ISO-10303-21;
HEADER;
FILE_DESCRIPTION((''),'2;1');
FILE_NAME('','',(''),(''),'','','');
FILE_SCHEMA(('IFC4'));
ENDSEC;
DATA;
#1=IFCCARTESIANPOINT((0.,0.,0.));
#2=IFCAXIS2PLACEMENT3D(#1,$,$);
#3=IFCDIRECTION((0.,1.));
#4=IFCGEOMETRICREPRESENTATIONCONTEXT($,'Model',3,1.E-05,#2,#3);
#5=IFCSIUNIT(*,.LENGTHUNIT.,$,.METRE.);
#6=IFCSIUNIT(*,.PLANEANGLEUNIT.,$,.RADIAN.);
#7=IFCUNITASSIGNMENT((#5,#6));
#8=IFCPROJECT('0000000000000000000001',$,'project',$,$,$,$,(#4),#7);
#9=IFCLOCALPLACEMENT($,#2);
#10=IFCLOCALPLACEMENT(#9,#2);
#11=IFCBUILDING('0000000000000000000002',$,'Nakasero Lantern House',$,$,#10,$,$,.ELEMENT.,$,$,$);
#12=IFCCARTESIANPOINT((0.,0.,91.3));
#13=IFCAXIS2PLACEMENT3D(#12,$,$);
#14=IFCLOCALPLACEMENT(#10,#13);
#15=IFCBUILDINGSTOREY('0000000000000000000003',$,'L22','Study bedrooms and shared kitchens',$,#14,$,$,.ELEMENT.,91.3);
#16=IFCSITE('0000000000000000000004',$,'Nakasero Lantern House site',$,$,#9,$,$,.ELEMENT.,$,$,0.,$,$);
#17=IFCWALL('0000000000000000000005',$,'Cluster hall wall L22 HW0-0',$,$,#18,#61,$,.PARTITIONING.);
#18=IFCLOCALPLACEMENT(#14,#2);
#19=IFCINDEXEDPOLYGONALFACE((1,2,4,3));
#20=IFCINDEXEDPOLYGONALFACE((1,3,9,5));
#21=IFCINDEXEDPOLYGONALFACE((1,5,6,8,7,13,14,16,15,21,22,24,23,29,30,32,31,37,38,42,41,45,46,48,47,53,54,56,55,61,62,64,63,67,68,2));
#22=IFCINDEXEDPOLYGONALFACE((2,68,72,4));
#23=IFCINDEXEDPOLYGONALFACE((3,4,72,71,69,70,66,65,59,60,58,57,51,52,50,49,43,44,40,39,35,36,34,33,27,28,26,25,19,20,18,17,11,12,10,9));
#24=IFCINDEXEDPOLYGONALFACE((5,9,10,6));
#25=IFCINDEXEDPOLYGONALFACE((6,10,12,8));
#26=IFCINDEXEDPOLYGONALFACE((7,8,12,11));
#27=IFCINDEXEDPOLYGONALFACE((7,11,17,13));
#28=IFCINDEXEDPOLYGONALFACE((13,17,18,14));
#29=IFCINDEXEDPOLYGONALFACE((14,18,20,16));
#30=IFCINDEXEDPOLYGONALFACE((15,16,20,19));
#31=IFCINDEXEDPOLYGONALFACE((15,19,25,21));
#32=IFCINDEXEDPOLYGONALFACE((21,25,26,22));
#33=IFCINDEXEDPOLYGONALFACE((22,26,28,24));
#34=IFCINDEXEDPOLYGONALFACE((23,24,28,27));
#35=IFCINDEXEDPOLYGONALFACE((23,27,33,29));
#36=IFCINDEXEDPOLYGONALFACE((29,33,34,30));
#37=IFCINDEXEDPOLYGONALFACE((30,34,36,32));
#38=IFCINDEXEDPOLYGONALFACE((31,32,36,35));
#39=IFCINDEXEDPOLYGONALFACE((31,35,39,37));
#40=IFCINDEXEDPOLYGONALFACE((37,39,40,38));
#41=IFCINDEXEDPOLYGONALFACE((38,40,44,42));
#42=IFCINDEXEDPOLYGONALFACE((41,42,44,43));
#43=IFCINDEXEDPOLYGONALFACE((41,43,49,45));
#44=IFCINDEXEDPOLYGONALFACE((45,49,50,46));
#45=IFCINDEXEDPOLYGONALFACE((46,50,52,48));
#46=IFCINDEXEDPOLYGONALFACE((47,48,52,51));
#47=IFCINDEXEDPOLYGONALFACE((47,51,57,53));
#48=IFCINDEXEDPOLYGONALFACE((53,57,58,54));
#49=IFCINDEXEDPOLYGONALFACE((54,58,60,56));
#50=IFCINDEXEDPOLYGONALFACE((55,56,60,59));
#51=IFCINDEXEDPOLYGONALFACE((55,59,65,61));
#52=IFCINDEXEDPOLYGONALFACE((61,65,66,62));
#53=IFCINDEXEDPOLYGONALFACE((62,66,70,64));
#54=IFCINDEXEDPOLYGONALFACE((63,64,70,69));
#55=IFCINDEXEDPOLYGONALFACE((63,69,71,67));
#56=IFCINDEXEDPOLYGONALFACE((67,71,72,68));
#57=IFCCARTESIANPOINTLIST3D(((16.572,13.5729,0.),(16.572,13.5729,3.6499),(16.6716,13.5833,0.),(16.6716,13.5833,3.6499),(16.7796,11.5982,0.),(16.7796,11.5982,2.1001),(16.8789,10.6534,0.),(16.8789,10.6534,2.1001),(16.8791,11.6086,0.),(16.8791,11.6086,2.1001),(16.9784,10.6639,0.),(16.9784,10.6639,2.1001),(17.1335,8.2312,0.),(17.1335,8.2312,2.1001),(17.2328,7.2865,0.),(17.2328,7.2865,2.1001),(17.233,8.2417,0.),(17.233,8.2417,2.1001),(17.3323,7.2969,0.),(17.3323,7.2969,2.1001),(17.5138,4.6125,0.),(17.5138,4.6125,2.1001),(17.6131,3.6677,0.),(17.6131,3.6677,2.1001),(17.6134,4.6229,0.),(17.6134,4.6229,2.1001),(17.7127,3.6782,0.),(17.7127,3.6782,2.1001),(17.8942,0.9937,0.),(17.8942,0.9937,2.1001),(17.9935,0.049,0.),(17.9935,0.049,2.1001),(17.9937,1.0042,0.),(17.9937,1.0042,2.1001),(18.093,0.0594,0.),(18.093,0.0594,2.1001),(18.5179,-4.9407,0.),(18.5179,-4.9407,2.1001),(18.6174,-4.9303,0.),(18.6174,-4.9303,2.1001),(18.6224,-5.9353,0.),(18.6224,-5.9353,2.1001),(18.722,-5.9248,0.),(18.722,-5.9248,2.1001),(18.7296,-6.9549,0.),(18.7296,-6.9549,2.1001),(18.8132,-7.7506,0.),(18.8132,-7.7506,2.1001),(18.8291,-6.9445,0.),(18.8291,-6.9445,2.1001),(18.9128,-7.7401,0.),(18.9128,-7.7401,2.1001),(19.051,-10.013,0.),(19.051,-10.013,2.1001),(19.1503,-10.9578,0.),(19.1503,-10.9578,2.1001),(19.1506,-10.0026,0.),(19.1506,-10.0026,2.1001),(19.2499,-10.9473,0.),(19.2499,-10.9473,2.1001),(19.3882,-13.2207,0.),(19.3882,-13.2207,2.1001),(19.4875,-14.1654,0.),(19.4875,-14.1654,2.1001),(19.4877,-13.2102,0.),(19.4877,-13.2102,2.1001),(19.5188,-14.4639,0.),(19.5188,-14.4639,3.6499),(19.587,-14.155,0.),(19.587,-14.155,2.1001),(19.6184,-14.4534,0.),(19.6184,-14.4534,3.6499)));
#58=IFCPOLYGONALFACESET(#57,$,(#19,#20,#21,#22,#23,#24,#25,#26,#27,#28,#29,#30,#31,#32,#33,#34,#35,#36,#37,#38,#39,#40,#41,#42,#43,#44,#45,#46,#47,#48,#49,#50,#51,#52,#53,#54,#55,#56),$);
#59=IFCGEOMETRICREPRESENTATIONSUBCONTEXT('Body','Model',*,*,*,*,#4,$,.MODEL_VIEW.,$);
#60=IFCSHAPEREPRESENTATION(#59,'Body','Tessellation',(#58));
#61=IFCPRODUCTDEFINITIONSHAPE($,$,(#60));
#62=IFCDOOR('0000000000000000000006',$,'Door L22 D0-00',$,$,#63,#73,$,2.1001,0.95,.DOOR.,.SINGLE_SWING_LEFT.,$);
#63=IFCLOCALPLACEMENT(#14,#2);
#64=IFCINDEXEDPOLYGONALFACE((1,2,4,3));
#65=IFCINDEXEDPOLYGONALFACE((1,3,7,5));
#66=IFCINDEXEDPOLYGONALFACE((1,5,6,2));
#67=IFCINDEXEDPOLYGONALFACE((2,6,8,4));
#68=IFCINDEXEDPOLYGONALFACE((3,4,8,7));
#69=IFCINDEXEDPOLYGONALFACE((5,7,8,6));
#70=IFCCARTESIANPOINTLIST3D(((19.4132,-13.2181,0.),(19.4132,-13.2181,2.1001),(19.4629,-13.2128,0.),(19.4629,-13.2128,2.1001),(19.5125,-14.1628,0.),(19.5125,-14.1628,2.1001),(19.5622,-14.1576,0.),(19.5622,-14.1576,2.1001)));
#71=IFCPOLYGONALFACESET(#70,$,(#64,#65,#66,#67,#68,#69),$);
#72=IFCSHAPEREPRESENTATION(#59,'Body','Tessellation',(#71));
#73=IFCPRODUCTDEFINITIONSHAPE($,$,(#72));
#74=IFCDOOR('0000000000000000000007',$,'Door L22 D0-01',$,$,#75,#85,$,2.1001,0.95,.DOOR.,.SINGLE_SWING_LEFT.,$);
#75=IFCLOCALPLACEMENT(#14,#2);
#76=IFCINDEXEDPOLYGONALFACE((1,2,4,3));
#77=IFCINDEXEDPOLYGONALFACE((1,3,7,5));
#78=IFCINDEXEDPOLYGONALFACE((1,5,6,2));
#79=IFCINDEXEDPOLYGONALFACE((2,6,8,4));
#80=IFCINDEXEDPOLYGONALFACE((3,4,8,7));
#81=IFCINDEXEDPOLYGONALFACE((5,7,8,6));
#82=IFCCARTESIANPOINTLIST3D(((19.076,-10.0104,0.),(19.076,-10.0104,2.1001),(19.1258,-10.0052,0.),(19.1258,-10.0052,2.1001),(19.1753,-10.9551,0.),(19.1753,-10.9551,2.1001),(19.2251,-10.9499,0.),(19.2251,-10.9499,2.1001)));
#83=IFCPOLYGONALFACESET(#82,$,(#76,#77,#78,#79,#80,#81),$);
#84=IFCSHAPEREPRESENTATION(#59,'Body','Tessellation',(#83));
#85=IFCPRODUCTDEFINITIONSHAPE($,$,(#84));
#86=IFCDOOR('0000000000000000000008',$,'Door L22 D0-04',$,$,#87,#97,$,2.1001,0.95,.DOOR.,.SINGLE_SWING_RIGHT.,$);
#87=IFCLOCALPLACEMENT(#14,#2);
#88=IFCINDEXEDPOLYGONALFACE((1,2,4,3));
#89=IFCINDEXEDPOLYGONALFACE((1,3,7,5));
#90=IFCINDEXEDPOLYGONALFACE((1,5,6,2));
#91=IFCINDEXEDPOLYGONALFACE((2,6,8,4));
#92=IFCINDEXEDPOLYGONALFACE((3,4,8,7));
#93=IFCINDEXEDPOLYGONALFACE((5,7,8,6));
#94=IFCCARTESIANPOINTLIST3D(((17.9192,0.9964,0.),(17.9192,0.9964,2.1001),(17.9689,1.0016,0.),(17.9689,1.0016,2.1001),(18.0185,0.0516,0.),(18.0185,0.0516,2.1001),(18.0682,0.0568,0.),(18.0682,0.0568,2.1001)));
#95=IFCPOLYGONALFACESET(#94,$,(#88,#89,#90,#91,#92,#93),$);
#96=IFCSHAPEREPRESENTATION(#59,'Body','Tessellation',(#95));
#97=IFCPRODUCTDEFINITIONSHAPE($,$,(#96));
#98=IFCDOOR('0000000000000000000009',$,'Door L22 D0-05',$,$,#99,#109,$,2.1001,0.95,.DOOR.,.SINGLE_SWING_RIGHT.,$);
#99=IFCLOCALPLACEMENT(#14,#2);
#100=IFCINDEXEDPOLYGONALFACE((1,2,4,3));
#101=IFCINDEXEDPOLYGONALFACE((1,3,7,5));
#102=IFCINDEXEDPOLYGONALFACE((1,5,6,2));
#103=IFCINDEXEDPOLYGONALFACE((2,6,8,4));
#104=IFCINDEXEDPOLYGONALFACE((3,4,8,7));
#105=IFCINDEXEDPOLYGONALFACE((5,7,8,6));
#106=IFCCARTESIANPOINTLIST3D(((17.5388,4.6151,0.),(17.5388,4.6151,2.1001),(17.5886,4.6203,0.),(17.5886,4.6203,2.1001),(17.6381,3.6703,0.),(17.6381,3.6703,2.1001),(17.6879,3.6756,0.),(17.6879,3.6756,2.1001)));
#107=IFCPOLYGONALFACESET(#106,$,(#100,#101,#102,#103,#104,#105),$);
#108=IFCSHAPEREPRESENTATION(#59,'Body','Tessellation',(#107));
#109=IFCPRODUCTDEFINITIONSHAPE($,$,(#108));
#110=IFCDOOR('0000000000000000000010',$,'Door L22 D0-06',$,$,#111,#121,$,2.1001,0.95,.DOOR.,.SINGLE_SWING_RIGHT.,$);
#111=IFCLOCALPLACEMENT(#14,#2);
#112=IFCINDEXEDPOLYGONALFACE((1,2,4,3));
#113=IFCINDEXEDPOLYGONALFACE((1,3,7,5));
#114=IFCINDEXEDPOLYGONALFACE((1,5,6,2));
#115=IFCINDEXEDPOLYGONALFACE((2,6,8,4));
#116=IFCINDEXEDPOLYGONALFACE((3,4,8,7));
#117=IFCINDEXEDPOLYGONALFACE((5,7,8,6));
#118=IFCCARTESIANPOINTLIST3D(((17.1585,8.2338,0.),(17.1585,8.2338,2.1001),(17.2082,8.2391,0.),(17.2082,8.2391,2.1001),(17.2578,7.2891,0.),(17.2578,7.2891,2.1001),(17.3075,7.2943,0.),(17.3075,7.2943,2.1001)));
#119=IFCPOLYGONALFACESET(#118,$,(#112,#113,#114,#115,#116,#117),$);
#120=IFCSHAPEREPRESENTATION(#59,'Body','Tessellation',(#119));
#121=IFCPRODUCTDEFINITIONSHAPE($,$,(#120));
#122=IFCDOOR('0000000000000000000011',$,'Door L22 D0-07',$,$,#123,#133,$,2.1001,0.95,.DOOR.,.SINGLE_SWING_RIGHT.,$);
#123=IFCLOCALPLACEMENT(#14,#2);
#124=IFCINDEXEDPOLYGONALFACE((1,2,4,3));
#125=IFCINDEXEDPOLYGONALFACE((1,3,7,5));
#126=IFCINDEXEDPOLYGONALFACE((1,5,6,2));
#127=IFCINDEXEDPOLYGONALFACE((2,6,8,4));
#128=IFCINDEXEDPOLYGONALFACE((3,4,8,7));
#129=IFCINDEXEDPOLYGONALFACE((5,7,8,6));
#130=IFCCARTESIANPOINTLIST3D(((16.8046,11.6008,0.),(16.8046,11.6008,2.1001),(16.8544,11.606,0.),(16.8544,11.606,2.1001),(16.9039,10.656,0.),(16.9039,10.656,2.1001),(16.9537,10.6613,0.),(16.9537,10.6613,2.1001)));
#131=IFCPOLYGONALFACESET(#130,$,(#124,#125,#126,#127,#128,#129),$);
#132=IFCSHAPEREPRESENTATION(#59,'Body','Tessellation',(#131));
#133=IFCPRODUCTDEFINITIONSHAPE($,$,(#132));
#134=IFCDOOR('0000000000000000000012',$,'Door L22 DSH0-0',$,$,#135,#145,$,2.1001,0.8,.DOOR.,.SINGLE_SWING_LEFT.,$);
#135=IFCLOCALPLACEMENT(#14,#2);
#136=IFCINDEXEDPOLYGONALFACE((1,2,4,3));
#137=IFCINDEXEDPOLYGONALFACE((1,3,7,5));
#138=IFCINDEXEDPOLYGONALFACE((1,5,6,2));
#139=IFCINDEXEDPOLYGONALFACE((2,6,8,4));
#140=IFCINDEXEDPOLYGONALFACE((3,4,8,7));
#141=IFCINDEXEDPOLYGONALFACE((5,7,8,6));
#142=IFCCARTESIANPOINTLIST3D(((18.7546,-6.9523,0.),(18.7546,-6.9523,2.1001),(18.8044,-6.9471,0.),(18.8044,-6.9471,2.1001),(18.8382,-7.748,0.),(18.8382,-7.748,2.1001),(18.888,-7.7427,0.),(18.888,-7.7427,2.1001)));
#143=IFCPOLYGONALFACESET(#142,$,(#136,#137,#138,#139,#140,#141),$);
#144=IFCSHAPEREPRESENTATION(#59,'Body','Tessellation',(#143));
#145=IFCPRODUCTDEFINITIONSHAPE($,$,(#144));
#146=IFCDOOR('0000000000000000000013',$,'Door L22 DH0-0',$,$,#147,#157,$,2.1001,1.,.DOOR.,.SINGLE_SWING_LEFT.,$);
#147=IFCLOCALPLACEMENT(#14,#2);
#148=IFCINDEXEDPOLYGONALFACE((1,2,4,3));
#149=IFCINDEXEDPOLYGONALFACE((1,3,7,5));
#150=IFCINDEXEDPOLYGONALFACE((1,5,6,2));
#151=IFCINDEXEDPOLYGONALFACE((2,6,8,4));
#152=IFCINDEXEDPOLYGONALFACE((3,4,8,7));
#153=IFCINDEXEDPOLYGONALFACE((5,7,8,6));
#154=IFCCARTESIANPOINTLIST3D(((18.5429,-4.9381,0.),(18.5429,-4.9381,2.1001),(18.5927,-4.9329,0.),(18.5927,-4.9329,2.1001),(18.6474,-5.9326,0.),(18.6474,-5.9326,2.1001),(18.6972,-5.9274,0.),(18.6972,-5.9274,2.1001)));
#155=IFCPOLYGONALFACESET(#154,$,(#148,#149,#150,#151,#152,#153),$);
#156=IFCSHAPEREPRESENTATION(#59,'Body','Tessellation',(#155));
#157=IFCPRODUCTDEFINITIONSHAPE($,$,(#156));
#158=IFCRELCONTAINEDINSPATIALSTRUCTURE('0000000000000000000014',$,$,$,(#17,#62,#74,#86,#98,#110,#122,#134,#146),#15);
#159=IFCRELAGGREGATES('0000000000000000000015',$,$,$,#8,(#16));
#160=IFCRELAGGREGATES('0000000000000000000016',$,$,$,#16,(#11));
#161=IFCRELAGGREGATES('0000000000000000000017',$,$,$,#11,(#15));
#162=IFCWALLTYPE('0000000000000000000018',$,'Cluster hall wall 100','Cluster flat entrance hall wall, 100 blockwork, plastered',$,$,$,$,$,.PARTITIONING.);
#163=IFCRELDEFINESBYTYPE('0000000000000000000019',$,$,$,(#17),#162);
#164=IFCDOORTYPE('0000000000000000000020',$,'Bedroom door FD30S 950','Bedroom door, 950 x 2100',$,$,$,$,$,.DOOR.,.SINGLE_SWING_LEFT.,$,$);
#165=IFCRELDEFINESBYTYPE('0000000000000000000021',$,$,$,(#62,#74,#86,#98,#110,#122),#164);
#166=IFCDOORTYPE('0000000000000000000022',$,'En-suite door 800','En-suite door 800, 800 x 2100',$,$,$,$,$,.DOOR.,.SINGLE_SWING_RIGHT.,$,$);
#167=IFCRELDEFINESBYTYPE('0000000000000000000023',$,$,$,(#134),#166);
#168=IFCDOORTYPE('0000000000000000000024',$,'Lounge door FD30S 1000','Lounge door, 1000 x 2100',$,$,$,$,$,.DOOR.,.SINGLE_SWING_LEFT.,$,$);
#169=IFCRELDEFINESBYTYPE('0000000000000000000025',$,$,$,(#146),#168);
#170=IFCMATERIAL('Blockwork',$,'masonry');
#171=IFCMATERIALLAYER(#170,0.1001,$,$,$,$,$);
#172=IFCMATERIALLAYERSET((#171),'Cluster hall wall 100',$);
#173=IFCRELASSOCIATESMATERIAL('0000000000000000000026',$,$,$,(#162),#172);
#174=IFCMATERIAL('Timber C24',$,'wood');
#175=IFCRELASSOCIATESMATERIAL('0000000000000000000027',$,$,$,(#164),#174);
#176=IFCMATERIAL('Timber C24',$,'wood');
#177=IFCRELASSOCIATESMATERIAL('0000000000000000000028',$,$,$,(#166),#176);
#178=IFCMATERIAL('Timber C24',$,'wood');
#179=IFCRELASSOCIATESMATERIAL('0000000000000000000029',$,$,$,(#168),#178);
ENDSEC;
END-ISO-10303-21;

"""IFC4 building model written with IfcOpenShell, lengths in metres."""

from ifc_helpers import new_model, si_unit, direction, frame, frame_2d, origin, place, context, subcontext, project, spatial, rectangle, extrude, material, layer, layer_set, type_object, element, fill, save


model = new_model("IFC4")

# Units and contexts
model_context = context("Model", 3, precision=1e-05, world=origin(), true_north=direction((0.0, 1.0)))
body_context = subcontext(model_context, "Body", "Model", "MODEL_VIEW")
ifc_project = project(units=[si_unit("LENGTHUNIT", "METRE"), si_unit("PLANEANGLEUNIT", "RADIAN")], contexts=[model_context])

# Site, building, storey
site_placement = place(None, origin())
site = spatial("IfcSite", under=ifc_project, at=site_placement, Name="Nakasero Lantern House site", CompositionType="ELEMENT", RefElevation=0.0)
building_placement = place(site_placement, origin())
building = spatial("IfcBuilding", under=site, at=building_placement, Name="Nakasero Lantern House", CompositionType="ELEMENT")
storey_placement = place(building_placement, frame((0.0, 0.0, 91.3)))
storey = spatial("IfcBuildingStorey", under=building, at=storey_placement, Name="L22", Description="Study bedrooms and shared kitchens", CompositionType="ELEMENT", Elevation=91.3)

# Wall, openings, doors
ifc_material_1 = material(Name="Blockwork", Category="masonry")
ifc_layer_1 = layer(ifc_material_1, 0.1001)
ifc_layer_set_1 = layer_set([ifc_layer_1], Name="Cluster hall wall 100")
wall_type_1 = type_object("IfcWallType", Name="Cluster hall wall 100", Description="Cluster flat entrance hall wall, 100 blockwork, plastered", PredefinedType="PARTITIONING", material=ifc_layer_set_1)
wall_1_placement = place(storey_placement, frame((19.5686, -14.4587, 0.0), z_axis=(0.0, 0.0, 1.0), x_axis=(-0.104529, 0.994522, 0.0)))
wall_1 = element("IfcWall", 1, at=wall_1_placement, inside=storey, type_object=wall_type_1, Name="Cluster hall wall L22 HW0-0", PredefinedType="PARTITIONING", context=body_context, shape_type="SweptSolid", body=[
    extrude(rectangle(XDim=28.1912, YDim=0.1001, at=frame_2d((14.0957, 0.0))), origin(), (0.0, 0.0, 1.0), 3.6499),
])
opening_1_placement = place(wall_1_placement, frame((8.5757, 0.0, 0.0)))
opening_1 = element("IfcOpeningElement", 2, at=opening_1_placement, cuts=wall_1, PredefinedType="OPENING", context=body_context, shape_type="SweptSolid", body=[
    extrude(rectangle(XDim=1.0, YDim=2.1001, at=frame_2d((0.5, 1.05))), frame((0.0, 0.0701, 0.0), z_axis=(0.0, -1.0, 0.0), x_axis=(1.0, 0.0, 0.0)), (0.0, 0.0, 1.0), 0.1401),
])
opening_2_placement = place(wall_1_placement, frame((6.7505, 0.0, 0.0)))
opening_2 = element("IfcOpeningElement", 3, at=opening_2_placement, cuts=wall_1, PredefinedType="OPENING", context=body_context, shape_type="SweptSolid", body=[
    extrude(rectangle(XDim=0.8, YDim=2.1001, at=frame_2d((0.3999, 1.05))), frame((0.0, 0.0701, 0.0), z_axis=(0.0, -1.0, 0.0), x_axis=(1.0, 0.0, 0.0)), (0.0, 0.0, 1.0), 0.1401),
])
opening_3_placement = place(wall_1_placement, frame((0.3, 0.0, 0.0)))
opening_3 = element("IfcOpeningElement", 4, at=opening_3_placement, cuts=wall_1, PredefinedType="OPENING", context=body_context, shape_type="SweptSolid", body=[
    extrude(rectangle(XDim=0.95, YDim=2.1001, at=frame_2d((0.4751, 1.05))), frame((0.0, 0.0701, 0.0), z_axis=(0.0, -1.0, 0.0), x_axis=(1.0, 0.0, 0.0)), (0.0, 0.0, 1.0), 0.1401),
])
opening_4_placement = place(wall_1_placement, frame((3.5254, 0.0, 0.0)))
opening_4 = element("IfcOpeningElement", 5, at=opening_4_placement, cuts=wall_1, PredefinedType="OPENING", context=body_context, shape_type="SweptSolid", body=[
    extrude(rectangle(XDim=0.95, YDim=2.1001, at=frame_2d((0.4751, 1.05))), frame((0.0, 0.0701, 0.0), z_axis=(0.0, -1.0, 0.0), x_axis=(1.0, 0.0, 0.0)), (0.0, 0.0, 1.0), 0.1401),
])
opening_5_placement = place(wall_1_placement, frame((14.5928, 0.0, 0.0)))
opening_5 = element("IfcOpeningElement", 6, at=opening_5_placement, cuts=wall_1, PredefinedType="OPENING", context=body_context, shape_type="SweptSolid", body=[
    extrude(rectangle(XDim=0.95, YDim=2.1001, at=frame_2d((0.4751, 1.05))), frame((0.0, 0.0701, 0.0), z_axis=(0.0, -1.0, 0.0), x_axis=(1.0, 0.0, 0.0)), (0.0, 0.0, 1.0), 0.1401),
])
opening_6_placement = place(wall_1_placement, frame((18.2314, 0.0, 0.0)))
opening_6 = element("IfcOpeningElement", 7, at=opening_6_placement, cuts=wall_1, PredefinedType="OPENING", context=body_context, shape_type="SweptSolid", body=[
    extrude(rectangle(XDim=0.95, YDim=2.1001, at=frame_2d((0.4751, 1.05))), frame((0.0, 0.0701, 0.0), z_axis=(0.0, -1.0, 0.0), x_axis=(1.0, 0.0, 0.0)), (0.0, 0.0, 1.0), 0.1401),
])
opening_7_placement = place(wall_1_placement, frame((21.8701, 0.0, 0.0)))
opening_7 = element("IfcOpeningElement", 8, at=opening_7_placement, cuts=wall_1, PredefinedType="OPENING", context=body_context, shape_type="SweptSolid", body=[
    extrude(rectangle(XDim=0.95, YDim=2.1001, at=frame_2d((0.4751, 1.05))), frame((0.0, 0.0701, 0.0), z_axis=(0.0, -1.0, 0.0), x_axis=(1.0, 0.0, 0.0)), (0.0, 0.0, 1.0), 0.1401),
])
opening_8_placement = place(wall_1_placement, frame((25.2556, 0.0, 0.0)))
opening_8 = element("IfcOpeningElement", 9, at=opening_8_placement, cuts=wall_1, PredefinedType="OPENING", context=body_context, shape_type="SweptSolid", body=[
    extrude(rectangle(XDim=0.95, YDim=2.1001, at=frame_2d((0.4751, 1.05))), frame((0.0, 0.0701, 0.0), z_axis=(0.0, -1.0, 0.0), x_axis=(1.0, 0.0, 0.0)), (0.0, 0.0, 1.0), 0.1401),
])
ifc_material_2 = material(Name="Timber C24", Category="wood")
door_type_1 = type_object("IfcDoorType", Name="Bedroom door FD30S 950", Description="Bedroom door, 950 x 2100", OperationType="SINGLE_SWING_LEFT", PredefinedType="DOOR", material=ifc_material_2)
door_1_placement = place(opening_3_placement, origin())
door_1 = element("IfcDoor", 10, at=door_1_placement, inside=storey, type_object=door_type_1, Name="Door L22 D0-00", OperationType="SINGLE_SWING_LEFT", OverallHeight=2.1001, OverallWidth=0.95, PredefinedType="DOOR", context=body_context, shape_type="SweptSolid", body=[
    extrude(rectangle(XDim=0.95, YDim=2.1001, at=frame_2d((0.4751, 1.05))), frame((0.0, 0.0249, 0.0), z_axis=(0.0, -1.0, 0.0), x_axis=(1.0, 0.0, 0.0)), (0.0, 0.0, 1.0), 0.05),
])
fill(opening_3, door_1)
door_2_placement = place(opening_4_placement, origin())
door_2 = element("IfcDoor", 11, at=door_2_placement, inside=storey, type_object=door_type_1, Name="Door L22 D0-01", OperationType="SINGLE_SWING_LEFT", OverallHeight=2.1001, OverallWidth=0.95, PredefinedType="DOOR", context=body_context, shape_type="SweptSolid", body=[
    extrude(rectangle(XDim=0.95, YDim=2.1001, at=frame_2d((0.4751, 1.05))), frame((0.0, 0.0249, 0.0), z_axis=(0.0, -1.0, 0.0), x_axis=(1.0, 0.0, 0.0)), (0.0, 0.0, 1.0), 0.05),
])
fill(opening_4, door_2)
door_3_placement = place(opening_5_placement, origin())
door_3 = element("IfcDoor", 12, at=door_3_placement, inside=storey, type_object=door_type_1, Name="Door L22 D0-04", OperationType="SINGLE_SWING_RIGHT", OverallHeight=2.1001, OverallWidth=0.95, PredefinedType="DOOR", context=body_context, shape_type="SweptSolid", body=[
    extrude(rectangle(XDim=0.95, YDim=2.1001, at=frame_2d((0.4751, 1.05))), frame((0.0, 0.0249, 0.0), z_axis=(0.0, -1.0, 0.0), x_axis=(1.0, 0.0, 0.0)), (0.0, 0.0, 1.0), 0.05),
])
fill(opening_5, door_3)
door_4_placement = place(opening_6_placement, origin())
door_4 = element("IfcDoor", 13, at=door_4_placement, inside=storey, type_object=door_type_1, Name="Door L22 D0-05", OperationType="SINGLE_SWING_RIGHT", OverallHeight=2.1001, OverallWidth=0.95, PredefinedType="DOOR", context=body_context, shape_type="SweptSolid", body=[
    extrude(rectangle(XDim=0.95, YDim=2.1001, at=frame_2d((0.4751, 1.05))), frame((0.0, 0.0249, 0.0), z_axis=(0.0, -1.0, 0.0), x_axis=(1.0, 0.0, 0.0)), (0.0, 0.0, 1.0), 0.05),
])
fill(opening_6, door_4)
door_5_placement = place(opening_7_placement, origin())
door_5 = element("IfcDoor", 14, at=door_5_placement, inside=storey, type_object=door_type_1, Name="Door L22 D0-06", OperationType="SINGLE_SWING_RIGHT", OverallHeight=2.1001, OverallWidth=0.95, PredefinedType="DOOR", context=body_context, shape_type="SweptSolid", body=[
    extrude(rectangle(XDim=0.95, YDim=2.1001, at=frame_2d((0.4751, 1.05))), frame((0.0, 0.0249, 0.0), z_axis=(0.0, -1.0, 0.0), x_axis=(1.0, 0.0, 0.0)), (0.0, 0.0, 1.0), 0.05),
])
fill(opening_7, door_5)
door_6_placement = place(opening_8_placement, origin())
door_6 = element("IfcDoor", 15, at=door_6_placement, inside=storey, type_object=door_type_1, Name="Door L22 D0-07", OperationType="SINGLE_SWING_RIGHT", OverallHeight=2.1001, OverallWidth=0.95, PredefinedType="DOOR", context=body_context, shape_type="SweptSolid", body=[
    extrude(rectangle(XDim=0.95, YDim=2.1001, at=frame_2d((0.4751, 1.05))), frame((0.0, 0.0249, 0.0), z_axis=(0.0, -1.0, 0.0), x_axis=(1.0, 0.0, 0.0)), (0.0, 0.0, 1.0), 0.05),
])
fill(opening_8, door_6)
ifc_material_3 = material(Name="Timber C24", Category="wood")
door_type_2 = type_object("IfcDoorType", Name="En-suite door 800", Description="En-suite door 800, 800 x 2100", OperationType="SINGLE_SWING_RIGHT", PredefinedType="DOOR", material=ifc_material_3)
door_7_placement = place(opening_2_placement, origin())
door_7 = element("IfcDoor", 16, at=door_7_placement, inside=storey, type_object=door_type_2, Name="Door L22 DSH0-0", OperationType="SINGLE_SWING_LEFT", OverallHeight=2.1001, OverallWidth=0.8, PredefinedType="DOOR", context=body_context, shape_type="SweptSolid", body=[
    extrude(rectangle(XDim=0.8, YDim=2.1001, at=frame_2d((0.3999, 1.05))), frame((0.0, 0.0249, 0.0), z_axis=(0.0, -1.0, 0.0), x_axis=(1.0, 0.0, 0.0)), (0.0, 0.0, 1.0), 0.05),
])
fill(opening_2, door_7)
ifc_material_4 = material(Name="Timber C24", Category="wood")
door_type_3 = type_object("IfcDoorType", Name="Lounge door FD30S 1000", Description="Lounge door, 1000 x 2100", OperationType="SINGLE_SWING_LEFT", PredefinedType="DOOR", material=ifc_material_4)
door_8_placement = place(opening_1_placement, origin())
door_8 = element("IfcDoor", 17, at=door_8_placement, inside=storey, type_object=door_type_3, Name="Door L22 DH0-0", OperationType="SINGLE_SWING_LEFT", OverallHeight=2.1001, OverallWidth=1.0, PredefinedType="DOOR", context=body_context, shape_type="SweptSolid", body=[
    extrude(rectangle(XDim=1.0, YDim=2.1001, at=frame_2d((0.5, 1.05))), frame((0.0, 0.0249, 0.0), z_axis=(0.0, -1.0, 0.0), x_axis=(1.0, 0.0, 0.0)), (0.0, 0.0, 1.0), 0.05),
])
fill(opening_1, door_8)

save(model, "model.ifc")
